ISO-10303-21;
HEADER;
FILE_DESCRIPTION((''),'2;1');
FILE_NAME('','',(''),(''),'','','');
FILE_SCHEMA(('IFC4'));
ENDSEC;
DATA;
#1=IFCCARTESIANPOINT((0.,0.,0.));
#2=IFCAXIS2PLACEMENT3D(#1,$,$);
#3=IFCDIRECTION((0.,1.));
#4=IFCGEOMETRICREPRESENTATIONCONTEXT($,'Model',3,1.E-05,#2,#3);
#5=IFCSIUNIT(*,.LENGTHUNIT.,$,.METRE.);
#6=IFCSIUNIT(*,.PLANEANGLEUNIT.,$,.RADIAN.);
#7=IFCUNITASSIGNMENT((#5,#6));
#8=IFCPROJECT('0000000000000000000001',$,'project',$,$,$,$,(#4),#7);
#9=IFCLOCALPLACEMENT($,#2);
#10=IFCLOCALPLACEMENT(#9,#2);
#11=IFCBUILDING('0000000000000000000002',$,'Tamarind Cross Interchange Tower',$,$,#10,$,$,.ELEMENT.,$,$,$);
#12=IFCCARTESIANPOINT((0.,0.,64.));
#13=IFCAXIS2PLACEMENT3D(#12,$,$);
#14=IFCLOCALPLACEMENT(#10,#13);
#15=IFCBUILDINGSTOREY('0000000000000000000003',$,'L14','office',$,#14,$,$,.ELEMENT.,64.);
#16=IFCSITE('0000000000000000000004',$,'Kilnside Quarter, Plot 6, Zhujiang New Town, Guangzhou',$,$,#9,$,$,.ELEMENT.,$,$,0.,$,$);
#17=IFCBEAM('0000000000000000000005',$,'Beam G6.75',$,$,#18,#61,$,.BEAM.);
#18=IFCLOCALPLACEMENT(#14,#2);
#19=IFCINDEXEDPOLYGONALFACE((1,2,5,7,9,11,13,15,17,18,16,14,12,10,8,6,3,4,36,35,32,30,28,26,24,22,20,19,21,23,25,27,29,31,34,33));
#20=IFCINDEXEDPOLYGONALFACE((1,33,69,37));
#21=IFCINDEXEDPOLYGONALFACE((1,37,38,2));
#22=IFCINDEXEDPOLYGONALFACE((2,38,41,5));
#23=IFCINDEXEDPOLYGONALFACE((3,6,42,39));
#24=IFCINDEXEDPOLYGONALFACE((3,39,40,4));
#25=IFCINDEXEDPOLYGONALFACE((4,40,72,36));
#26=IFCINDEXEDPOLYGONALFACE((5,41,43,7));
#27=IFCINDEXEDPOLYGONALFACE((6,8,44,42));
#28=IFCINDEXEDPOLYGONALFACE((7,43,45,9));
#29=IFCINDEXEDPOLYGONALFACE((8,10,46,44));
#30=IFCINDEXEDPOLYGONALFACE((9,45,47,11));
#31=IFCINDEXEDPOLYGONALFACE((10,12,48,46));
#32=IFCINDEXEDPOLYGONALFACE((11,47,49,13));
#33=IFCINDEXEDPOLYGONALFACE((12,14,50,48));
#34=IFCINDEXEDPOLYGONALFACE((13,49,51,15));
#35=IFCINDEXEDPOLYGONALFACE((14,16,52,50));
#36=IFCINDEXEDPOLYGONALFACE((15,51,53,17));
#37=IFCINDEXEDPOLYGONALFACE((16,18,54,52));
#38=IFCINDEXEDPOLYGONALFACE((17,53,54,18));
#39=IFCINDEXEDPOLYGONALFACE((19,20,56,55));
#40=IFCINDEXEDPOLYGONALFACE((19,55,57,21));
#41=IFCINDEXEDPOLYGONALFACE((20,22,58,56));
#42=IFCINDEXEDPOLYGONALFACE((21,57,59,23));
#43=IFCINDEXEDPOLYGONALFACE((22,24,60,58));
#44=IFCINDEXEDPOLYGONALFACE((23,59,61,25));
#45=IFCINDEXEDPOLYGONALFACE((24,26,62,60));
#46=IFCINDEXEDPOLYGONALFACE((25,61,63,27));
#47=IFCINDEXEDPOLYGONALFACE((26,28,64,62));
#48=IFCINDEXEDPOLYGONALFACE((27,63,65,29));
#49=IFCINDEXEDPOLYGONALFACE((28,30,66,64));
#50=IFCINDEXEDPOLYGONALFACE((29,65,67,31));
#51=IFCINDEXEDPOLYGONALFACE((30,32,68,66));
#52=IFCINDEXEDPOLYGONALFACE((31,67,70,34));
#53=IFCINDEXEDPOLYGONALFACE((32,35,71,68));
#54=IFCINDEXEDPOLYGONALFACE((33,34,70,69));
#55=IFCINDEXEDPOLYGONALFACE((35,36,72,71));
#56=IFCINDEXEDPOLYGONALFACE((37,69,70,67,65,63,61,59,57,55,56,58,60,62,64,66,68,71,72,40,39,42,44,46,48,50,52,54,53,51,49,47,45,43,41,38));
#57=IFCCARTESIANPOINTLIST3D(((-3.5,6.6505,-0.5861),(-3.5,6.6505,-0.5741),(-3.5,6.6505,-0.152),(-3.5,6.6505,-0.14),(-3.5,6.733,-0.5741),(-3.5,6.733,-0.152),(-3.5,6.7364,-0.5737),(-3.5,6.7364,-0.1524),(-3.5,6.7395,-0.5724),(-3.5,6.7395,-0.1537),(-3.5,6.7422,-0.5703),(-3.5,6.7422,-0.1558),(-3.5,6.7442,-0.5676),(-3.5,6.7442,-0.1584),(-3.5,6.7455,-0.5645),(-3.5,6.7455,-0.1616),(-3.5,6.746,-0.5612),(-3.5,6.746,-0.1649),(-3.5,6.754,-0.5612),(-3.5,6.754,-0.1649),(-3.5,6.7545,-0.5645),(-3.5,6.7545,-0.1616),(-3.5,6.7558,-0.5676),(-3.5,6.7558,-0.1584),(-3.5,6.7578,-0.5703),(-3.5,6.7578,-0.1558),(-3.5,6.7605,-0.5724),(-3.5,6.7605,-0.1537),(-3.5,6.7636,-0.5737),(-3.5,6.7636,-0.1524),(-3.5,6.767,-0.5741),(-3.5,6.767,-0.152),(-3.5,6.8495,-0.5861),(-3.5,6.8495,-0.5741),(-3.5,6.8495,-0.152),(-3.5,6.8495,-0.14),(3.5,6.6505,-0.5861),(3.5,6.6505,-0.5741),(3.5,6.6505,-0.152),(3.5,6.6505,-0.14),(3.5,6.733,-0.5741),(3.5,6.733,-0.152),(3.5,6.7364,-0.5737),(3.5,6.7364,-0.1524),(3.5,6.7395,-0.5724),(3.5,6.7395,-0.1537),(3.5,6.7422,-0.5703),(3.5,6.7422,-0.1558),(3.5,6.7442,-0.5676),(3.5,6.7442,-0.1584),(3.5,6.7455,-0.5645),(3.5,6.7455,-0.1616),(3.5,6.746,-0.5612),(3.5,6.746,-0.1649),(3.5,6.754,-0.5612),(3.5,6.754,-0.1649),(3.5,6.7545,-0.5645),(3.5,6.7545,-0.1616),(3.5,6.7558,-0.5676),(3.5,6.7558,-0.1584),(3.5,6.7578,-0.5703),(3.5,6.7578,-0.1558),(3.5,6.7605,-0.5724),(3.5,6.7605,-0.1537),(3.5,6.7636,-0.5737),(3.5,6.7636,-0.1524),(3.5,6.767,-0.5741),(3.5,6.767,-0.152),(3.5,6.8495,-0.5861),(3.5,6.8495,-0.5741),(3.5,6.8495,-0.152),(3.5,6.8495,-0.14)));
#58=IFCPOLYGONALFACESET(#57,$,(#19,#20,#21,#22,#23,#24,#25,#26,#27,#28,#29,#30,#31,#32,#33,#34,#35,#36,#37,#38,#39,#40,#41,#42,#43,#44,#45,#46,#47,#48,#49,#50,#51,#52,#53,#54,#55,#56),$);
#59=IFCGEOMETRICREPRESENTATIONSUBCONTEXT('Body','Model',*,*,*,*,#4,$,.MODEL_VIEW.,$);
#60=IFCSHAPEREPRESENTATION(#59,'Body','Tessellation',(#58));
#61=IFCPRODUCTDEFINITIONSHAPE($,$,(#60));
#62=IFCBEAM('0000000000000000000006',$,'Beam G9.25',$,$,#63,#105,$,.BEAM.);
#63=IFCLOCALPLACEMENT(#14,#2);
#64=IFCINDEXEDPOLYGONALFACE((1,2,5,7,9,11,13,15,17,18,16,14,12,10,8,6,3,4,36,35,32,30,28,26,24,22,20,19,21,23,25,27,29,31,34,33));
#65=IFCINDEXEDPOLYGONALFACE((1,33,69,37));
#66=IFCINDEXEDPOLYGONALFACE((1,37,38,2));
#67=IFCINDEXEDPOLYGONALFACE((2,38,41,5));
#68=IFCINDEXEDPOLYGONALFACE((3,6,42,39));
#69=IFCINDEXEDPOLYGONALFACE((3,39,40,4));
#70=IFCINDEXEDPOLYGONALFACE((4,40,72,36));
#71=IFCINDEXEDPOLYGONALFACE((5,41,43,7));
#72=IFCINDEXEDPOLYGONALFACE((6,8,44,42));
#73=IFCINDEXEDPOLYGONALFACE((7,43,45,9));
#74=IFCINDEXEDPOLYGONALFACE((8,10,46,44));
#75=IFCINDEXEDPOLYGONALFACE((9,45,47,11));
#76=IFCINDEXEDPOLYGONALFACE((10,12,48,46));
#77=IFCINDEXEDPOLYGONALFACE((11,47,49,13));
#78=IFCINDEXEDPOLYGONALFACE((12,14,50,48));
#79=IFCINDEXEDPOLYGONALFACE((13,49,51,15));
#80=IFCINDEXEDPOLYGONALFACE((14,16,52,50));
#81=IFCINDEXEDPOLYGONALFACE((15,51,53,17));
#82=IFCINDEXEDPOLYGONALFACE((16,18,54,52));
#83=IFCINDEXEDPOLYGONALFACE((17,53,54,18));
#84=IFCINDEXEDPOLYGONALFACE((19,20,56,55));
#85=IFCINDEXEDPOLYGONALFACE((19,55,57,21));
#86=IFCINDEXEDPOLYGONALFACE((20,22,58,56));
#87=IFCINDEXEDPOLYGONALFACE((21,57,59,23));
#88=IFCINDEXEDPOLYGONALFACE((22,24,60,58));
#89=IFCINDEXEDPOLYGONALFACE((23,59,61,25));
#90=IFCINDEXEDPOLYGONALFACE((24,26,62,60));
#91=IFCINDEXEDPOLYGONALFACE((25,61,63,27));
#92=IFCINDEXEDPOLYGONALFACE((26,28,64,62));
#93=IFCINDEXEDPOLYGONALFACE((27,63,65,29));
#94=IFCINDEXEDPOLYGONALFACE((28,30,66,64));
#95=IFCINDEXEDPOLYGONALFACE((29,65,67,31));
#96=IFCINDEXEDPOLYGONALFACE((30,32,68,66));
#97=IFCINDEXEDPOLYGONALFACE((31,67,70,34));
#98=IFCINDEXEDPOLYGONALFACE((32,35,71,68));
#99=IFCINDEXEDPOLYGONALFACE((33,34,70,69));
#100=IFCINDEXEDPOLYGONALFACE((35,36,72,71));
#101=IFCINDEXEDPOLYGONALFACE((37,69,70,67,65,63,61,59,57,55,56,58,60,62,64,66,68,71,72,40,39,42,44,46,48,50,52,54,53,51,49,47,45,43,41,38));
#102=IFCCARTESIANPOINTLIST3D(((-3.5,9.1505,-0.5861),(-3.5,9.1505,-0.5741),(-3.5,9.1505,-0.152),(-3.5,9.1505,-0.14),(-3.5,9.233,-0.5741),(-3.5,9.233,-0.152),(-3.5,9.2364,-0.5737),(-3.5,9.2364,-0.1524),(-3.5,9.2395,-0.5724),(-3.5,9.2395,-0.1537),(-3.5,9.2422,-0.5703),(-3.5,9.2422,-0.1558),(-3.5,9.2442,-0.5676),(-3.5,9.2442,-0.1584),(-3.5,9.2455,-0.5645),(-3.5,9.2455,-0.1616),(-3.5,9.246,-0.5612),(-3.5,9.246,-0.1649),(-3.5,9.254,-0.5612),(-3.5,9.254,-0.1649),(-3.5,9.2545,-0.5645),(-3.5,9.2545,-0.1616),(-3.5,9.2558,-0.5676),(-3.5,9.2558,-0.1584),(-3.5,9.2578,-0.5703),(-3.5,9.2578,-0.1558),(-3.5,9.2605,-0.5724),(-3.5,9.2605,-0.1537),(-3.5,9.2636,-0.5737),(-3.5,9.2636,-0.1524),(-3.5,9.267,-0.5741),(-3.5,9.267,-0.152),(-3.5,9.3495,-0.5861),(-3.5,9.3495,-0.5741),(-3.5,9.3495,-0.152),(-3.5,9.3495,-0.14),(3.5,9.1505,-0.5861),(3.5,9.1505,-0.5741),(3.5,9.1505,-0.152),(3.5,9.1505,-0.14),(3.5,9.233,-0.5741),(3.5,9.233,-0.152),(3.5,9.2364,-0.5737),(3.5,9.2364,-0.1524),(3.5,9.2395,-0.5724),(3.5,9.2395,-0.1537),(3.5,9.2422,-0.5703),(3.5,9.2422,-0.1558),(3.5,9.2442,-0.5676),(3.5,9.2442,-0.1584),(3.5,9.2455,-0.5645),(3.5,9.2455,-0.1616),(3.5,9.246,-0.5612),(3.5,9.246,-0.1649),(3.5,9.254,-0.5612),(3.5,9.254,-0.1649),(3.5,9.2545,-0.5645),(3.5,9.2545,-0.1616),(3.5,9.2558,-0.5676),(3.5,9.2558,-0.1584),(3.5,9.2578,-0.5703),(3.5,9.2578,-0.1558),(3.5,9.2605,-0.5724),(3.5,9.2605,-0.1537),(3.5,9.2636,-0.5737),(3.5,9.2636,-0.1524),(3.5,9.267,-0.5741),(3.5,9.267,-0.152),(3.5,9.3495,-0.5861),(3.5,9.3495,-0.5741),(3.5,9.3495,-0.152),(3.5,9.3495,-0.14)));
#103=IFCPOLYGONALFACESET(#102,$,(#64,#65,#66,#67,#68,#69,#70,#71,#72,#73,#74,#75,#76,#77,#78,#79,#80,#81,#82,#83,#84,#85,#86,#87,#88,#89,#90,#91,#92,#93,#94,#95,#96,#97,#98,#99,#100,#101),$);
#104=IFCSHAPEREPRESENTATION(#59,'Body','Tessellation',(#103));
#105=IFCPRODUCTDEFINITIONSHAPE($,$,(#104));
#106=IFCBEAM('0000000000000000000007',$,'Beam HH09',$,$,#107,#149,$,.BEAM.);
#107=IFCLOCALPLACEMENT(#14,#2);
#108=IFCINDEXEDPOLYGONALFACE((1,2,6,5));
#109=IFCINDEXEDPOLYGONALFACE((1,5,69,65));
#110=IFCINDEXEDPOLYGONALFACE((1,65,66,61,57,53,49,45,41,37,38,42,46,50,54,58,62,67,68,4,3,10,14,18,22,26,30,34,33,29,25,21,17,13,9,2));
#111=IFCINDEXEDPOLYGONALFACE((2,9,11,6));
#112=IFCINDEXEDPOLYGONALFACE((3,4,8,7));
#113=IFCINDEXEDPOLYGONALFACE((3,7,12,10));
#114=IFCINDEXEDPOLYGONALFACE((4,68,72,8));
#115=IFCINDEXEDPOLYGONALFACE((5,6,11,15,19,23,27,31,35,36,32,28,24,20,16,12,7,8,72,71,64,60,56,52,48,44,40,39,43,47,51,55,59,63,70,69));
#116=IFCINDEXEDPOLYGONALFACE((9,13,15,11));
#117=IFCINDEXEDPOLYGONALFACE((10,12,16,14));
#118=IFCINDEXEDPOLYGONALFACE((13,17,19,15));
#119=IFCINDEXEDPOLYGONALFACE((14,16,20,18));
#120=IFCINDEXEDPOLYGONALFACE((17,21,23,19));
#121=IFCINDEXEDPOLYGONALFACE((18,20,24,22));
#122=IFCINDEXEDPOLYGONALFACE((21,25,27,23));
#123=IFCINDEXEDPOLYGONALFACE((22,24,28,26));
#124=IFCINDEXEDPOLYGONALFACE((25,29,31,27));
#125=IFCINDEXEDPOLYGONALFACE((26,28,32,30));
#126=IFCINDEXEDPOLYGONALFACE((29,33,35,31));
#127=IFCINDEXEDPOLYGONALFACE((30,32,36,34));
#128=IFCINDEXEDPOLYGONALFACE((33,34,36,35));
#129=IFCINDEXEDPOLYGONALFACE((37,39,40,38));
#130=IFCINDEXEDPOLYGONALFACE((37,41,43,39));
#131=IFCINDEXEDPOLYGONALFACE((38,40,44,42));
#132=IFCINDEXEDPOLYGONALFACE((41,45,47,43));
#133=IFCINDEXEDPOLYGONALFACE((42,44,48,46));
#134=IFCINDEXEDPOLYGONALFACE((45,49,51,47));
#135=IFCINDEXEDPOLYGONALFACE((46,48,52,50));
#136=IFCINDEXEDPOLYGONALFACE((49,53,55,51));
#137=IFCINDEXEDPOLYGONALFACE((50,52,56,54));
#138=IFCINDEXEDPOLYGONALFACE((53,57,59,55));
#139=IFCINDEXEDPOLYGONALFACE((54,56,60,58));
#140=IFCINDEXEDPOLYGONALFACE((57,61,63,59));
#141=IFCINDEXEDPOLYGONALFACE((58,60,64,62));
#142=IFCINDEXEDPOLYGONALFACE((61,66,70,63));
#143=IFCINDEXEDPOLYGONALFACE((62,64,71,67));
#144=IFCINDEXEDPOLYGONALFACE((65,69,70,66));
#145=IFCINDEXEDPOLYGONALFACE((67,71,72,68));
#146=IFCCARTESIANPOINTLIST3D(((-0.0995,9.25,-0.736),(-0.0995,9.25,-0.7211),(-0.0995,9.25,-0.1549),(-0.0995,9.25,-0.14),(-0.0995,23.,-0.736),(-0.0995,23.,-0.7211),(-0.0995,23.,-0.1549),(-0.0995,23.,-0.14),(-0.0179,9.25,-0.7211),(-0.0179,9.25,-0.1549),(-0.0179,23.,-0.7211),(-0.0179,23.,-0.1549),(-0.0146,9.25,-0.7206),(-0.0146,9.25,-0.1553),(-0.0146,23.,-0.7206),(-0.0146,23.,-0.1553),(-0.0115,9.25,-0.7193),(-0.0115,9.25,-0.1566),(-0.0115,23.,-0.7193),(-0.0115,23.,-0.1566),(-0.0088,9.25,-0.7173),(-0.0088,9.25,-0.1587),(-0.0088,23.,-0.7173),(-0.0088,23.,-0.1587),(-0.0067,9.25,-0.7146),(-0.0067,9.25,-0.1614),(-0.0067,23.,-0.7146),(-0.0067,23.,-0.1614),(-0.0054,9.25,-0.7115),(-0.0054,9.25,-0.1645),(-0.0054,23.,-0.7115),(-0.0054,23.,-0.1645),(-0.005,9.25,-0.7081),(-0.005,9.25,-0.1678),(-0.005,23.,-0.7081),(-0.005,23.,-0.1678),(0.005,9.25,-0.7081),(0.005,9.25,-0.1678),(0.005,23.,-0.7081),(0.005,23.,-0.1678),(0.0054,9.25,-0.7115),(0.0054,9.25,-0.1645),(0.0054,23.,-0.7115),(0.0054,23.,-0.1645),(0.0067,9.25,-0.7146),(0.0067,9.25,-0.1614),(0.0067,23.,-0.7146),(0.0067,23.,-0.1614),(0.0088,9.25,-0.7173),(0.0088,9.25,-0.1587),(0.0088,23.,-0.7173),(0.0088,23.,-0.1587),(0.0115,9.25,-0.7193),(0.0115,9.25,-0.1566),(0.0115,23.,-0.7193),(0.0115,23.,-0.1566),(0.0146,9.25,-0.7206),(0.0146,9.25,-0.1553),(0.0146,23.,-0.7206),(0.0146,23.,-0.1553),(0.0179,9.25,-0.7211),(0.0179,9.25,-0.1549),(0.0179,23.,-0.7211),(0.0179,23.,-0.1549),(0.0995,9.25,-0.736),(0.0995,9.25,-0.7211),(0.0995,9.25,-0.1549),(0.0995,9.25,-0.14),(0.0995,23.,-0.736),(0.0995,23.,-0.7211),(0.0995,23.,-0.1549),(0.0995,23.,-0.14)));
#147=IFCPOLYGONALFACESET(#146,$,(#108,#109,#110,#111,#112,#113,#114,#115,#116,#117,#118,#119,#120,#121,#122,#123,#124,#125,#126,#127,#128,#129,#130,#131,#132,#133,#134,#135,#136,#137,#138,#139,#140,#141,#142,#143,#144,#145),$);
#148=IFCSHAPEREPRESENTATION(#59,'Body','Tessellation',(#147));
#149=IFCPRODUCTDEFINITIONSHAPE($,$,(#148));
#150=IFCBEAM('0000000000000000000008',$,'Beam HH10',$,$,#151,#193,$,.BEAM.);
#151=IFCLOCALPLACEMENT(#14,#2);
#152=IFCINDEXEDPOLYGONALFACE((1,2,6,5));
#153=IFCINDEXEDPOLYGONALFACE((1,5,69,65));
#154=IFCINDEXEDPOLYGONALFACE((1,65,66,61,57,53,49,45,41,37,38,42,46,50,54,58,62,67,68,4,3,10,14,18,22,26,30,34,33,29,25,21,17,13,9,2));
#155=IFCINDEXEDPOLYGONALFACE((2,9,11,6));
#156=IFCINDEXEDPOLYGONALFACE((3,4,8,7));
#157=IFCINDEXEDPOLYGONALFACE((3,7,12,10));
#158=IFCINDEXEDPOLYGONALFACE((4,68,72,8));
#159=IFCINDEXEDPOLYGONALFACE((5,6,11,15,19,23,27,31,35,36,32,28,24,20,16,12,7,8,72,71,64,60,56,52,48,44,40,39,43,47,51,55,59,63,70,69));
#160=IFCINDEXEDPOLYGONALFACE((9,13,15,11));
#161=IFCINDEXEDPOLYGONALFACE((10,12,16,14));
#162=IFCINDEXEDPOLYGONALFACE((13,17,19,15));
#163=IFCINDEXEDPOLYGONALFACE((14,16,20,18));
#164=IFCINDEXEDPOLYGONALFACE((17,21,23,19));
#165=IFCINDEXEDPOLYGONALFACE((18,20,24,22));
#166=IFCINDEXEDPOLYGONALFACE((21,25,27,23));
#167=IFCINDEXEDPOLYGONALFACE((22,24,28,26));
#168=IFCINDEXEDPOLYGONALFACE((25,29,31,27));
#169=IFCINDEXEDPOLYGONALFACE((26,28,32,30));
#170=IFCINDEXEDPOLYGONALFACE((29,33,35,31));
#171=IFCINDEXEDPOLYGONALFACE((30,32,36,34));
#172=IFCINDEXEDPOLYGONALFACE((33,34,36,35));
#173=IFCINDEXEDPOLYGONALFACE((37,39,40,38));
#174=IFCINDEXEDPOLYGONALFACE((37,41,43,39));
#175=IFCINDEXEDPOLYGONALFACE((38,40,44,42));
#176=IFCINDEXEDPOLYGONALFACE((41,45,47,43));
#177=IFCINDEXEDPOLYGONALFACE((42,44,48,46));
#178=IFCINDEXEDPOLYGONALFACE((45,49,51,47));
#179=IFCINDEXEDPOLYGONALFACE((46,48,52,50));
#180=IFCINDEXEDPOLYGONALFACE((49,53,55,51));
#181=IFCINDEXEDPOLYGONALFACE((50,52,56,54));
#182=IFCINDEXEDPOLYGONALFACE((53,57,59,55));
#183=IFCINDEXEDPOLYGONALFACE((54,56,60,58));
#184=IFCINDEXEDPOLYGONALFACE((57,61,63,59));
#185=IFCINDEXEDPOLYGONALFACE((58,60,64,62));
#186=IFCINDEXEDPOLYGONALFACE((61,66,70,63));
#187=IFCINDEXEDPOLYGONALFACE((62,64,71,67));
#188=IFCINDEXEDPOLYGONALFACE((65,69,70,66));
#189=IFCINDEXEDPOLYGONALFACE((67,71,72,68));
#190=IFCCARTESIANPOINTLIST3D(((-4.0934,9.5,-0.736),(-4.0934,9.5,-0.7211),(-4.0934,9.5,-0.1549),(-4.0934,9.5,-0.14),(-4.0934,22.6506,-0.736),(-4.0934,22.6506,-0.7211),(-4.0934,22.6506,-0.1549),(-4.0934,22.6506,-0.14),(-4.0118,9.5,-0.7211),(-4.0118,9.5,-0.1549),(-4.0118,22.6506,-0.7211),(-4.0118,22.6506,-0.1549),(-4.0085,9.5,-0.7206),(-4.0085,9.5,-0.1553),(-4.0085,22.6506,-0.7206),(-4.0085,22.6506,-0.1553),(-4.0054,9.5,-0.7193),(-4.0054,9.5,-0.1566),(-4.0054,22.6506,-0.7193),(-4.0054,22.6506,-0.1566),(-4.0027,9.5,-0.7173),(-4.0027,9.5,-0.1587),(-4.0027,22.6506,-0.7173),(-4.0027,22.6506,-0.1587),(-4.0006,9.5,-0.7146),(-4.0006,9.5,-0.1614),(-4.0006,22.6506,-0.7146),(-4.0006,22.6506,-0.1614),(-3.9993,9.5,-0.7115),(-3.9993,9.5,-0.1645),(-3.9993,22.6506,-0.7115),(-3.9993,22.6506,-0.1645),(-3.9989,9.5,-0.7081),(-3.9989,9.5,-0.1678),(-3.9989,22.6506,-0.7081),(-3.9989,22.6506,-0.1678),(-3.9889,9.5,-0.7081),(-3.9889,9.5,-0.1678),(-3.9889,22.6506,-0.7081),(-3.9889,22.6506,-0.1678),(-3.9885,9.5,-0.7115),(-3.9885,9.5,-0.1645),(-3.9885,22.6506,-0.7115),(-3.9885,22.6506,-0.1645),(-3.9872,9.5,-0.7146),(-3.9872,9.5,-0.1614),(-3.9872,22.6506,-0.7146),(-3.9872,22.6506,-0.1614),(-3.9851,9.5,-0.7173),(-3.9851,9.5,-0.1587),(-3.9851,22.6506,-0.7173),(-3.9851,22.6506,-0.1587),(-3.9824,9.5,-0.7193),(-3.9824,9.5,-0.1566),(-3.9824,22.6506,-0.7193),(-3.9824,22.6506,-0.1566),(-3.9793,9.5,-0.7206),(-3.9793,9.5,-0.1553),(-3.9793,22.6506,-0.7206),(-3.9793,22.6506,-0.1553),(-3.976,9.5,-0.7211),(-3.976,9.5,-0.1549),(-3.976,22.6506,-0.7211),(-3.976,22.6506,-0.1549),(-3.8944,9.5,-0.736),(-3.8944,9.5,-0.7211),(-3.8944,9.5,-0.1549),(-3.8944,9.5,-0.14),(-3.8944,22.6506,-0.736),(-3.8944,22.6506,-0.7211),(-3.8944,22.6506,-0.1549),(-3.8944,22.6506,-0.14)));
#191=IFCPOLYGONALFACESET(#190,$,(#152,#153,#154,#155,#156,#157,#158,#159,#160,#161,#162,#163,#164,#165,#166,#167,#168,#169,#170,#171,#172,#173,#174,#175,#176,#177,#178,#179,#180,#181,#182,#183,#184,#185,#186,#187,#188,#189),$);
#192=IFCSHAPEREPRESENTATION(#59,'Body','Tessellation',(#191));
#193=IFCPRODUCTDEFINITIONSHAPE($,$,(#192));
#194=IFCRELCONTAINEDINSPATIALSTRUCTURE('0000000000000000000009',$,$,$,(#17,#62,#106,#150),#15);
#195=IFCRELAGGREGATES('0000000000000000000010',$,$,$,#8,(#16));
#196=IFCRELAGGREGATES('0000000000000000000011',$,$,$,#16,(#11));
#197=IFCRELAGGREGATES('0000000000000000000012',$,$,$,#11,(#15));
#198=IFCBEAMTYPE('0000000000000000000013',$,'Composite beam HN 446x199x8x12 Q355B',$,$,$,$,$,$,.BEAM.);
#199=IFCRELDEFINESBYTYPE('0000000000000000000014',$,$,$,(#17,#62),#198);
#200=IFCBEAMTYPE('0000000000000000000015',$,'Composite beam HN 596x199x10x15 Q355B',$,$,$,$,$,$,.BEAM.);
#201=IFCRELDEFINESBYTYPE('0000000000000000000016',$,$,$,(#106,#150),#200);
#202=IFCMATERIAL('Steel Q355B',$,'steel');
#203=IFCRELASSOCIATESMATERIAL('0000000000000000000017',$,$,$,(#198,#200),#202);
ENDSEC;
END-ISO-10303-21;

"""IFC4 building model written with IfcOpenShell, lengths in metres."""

from ifc_helpers import new_model, si_unit, direction, frame, origin, origin_2d, place, context, subcontext, project, spatial, i_section, extrude, material, material_profile, profile_set, type_object, element, save


model = new_model("IFC4")

# Units and contexts
model_context = context("Model", 3, precision=1e-05, world=origin(), true_north=direction((0.0, 1.0)))
body_context = subcontext(model_context, "Body", "Model", "MODEL_VIEW")
ifc_project = project(units=[si_unit("LENGTHUNIT", "METRE"), si_unit("PLANEANGLEUNIT", "RADIAN")], contexts=[model_context])

# Site, building, storey
site_placement = place(None, origin())
site = spatial("IfcSite", under=ifc_project, at=site_placement, Name="Kilnside Quarter, Plot 6, Zhujiang New Town, Guangzhou", CompositionType="ELEMENT", RefElevation=0.0)
building_placement = place(site_placement, origin())
building = spatial("IfcBuilding", under=site, at=building_placement, Name="Tamarind Cross Interchange Tower", CompositionType="ELEMENT")
storey_placement = place(building_placement, frame((0.0, 0.0, 64.0)))
storey = spatial("IfcBuildingStorey", under=building, at=storey_placement, Name="L14", Description="office", CompositionType="ELEMENT", Elevation=64.0)

# Beams
ifc_material_1 = material(Name="Steel Q355B", Category="steel")
ifc_material_profile_1 = material_profile(ifc_material_1, i_section(OverallWidth=0.199, OverallDepth=0.446, WebThickness=0.0081, FlangeThickness=0.012, FilletRadius=0.0129, at=origin_2d()), Name="HN 446x199x8x12")
ifc_profile_set_1 = profile_set([ifc_material_profile_1], Name="Steel Q355B")
beam_type_1 = type_object("IfcBeamType", Name="Composite beam HN 446x199x8x12 Q355B", PredefinedType="BEAM", material=ifc_profile_set_1)
for number, where, z_axis, x_axis, name in (
    (1, (-3.5, 6.75, -0.363), (1.0, 0.0, 0.0), (0.0, 1.0, 0.0), "Beam G6.75"),
    (2, (-3.5, 9.25, -0.363), (1.0, 0.0, 0.0), (0.0, 1.0, 0.0), "Beam G9.25"),
):
    element("IfcBeam", number, at=place(storey_placement, frame(where, z_axis=z_axis, x_axis=x_axis)), inside=storey, type_object=beam_type_1, Name=name, PredefinedType="BEAM", context=body_context, shape_type="SweptSolid", body=[
        extrude(i_section(OverallWidth=0.199, OverallDepth=0.446, WebThickness=0.0081, FlangeThickness=0.012, FilletRadius=0.0129, at=origin_2d()), origin(), (0.0, 0.0, 1.0), 7.0),
    ])
ifc_material_profile_2 = material_profile(ifc_material_1, i_section(OverallWidth=0.199, OverallDepth=0.5959, WebThickness=0.01, FlangeThickness=0.0149, FilletRadius=0.0129, at=origin_2d()), Name="HN 596x199x10x15")
ifc_profile_set_2 = profile_set([ifc_material_profile_2], Name="Steel Q355B")
beam_type_2 = type_object("IfcBeamType", Name="Composite beam HN 596x199x10x15 Q355B", PredefinedType="BEAM", material=ifc_profile_set_2)
beam_1_placement = place(storey_placement, frame((0.0, 23.0, -0.438), z_axis=(0.0, -1.0, 0.0), x_axis=(1.0, 0.0, 0.0)))
element("IfcBeam", 3, at=beam_1_placement, inside=storey, type_object=beam_type_2, Name="Beam HH09", PredefinedType="BEAM", context=body_context, shape_type="SweptSolid", body=[
    extrude(i_section(OverallWidth=0.199, OverallDepth=0.5959, WebThickness=0.01, FlangeThickness=0.0149, FilletRadius=0.0129, at=origin_2d()), origin(), (0.0, 0.0, 1.0), 13.75),
])
beam_2_placement = place(storey_placement, frame((-3.9939, 22.6506, -0.438), z_axis=(0.0, -1.0, 0.0), x_axis=(1.0, 0.0, 0.0)))
element("IfcBeam", 4, at=beam_2_placement, inside=storey, type_object=beam_type_2, Name="Beam HH10", PredefinedType="BEAM", context=body_context, shape_type="SweptSolid", body=[
    extrude(i_section(OverallWidth=0.199, OverallDepth=0.5959, WebThickness=0.01, FlangeThickness=0.0149, FilletRadius=0.0129, at=origin_2d()), origin(), (0.0, 0.0, 1.0), 13.1506),
])

save(model, "model.ifc")
